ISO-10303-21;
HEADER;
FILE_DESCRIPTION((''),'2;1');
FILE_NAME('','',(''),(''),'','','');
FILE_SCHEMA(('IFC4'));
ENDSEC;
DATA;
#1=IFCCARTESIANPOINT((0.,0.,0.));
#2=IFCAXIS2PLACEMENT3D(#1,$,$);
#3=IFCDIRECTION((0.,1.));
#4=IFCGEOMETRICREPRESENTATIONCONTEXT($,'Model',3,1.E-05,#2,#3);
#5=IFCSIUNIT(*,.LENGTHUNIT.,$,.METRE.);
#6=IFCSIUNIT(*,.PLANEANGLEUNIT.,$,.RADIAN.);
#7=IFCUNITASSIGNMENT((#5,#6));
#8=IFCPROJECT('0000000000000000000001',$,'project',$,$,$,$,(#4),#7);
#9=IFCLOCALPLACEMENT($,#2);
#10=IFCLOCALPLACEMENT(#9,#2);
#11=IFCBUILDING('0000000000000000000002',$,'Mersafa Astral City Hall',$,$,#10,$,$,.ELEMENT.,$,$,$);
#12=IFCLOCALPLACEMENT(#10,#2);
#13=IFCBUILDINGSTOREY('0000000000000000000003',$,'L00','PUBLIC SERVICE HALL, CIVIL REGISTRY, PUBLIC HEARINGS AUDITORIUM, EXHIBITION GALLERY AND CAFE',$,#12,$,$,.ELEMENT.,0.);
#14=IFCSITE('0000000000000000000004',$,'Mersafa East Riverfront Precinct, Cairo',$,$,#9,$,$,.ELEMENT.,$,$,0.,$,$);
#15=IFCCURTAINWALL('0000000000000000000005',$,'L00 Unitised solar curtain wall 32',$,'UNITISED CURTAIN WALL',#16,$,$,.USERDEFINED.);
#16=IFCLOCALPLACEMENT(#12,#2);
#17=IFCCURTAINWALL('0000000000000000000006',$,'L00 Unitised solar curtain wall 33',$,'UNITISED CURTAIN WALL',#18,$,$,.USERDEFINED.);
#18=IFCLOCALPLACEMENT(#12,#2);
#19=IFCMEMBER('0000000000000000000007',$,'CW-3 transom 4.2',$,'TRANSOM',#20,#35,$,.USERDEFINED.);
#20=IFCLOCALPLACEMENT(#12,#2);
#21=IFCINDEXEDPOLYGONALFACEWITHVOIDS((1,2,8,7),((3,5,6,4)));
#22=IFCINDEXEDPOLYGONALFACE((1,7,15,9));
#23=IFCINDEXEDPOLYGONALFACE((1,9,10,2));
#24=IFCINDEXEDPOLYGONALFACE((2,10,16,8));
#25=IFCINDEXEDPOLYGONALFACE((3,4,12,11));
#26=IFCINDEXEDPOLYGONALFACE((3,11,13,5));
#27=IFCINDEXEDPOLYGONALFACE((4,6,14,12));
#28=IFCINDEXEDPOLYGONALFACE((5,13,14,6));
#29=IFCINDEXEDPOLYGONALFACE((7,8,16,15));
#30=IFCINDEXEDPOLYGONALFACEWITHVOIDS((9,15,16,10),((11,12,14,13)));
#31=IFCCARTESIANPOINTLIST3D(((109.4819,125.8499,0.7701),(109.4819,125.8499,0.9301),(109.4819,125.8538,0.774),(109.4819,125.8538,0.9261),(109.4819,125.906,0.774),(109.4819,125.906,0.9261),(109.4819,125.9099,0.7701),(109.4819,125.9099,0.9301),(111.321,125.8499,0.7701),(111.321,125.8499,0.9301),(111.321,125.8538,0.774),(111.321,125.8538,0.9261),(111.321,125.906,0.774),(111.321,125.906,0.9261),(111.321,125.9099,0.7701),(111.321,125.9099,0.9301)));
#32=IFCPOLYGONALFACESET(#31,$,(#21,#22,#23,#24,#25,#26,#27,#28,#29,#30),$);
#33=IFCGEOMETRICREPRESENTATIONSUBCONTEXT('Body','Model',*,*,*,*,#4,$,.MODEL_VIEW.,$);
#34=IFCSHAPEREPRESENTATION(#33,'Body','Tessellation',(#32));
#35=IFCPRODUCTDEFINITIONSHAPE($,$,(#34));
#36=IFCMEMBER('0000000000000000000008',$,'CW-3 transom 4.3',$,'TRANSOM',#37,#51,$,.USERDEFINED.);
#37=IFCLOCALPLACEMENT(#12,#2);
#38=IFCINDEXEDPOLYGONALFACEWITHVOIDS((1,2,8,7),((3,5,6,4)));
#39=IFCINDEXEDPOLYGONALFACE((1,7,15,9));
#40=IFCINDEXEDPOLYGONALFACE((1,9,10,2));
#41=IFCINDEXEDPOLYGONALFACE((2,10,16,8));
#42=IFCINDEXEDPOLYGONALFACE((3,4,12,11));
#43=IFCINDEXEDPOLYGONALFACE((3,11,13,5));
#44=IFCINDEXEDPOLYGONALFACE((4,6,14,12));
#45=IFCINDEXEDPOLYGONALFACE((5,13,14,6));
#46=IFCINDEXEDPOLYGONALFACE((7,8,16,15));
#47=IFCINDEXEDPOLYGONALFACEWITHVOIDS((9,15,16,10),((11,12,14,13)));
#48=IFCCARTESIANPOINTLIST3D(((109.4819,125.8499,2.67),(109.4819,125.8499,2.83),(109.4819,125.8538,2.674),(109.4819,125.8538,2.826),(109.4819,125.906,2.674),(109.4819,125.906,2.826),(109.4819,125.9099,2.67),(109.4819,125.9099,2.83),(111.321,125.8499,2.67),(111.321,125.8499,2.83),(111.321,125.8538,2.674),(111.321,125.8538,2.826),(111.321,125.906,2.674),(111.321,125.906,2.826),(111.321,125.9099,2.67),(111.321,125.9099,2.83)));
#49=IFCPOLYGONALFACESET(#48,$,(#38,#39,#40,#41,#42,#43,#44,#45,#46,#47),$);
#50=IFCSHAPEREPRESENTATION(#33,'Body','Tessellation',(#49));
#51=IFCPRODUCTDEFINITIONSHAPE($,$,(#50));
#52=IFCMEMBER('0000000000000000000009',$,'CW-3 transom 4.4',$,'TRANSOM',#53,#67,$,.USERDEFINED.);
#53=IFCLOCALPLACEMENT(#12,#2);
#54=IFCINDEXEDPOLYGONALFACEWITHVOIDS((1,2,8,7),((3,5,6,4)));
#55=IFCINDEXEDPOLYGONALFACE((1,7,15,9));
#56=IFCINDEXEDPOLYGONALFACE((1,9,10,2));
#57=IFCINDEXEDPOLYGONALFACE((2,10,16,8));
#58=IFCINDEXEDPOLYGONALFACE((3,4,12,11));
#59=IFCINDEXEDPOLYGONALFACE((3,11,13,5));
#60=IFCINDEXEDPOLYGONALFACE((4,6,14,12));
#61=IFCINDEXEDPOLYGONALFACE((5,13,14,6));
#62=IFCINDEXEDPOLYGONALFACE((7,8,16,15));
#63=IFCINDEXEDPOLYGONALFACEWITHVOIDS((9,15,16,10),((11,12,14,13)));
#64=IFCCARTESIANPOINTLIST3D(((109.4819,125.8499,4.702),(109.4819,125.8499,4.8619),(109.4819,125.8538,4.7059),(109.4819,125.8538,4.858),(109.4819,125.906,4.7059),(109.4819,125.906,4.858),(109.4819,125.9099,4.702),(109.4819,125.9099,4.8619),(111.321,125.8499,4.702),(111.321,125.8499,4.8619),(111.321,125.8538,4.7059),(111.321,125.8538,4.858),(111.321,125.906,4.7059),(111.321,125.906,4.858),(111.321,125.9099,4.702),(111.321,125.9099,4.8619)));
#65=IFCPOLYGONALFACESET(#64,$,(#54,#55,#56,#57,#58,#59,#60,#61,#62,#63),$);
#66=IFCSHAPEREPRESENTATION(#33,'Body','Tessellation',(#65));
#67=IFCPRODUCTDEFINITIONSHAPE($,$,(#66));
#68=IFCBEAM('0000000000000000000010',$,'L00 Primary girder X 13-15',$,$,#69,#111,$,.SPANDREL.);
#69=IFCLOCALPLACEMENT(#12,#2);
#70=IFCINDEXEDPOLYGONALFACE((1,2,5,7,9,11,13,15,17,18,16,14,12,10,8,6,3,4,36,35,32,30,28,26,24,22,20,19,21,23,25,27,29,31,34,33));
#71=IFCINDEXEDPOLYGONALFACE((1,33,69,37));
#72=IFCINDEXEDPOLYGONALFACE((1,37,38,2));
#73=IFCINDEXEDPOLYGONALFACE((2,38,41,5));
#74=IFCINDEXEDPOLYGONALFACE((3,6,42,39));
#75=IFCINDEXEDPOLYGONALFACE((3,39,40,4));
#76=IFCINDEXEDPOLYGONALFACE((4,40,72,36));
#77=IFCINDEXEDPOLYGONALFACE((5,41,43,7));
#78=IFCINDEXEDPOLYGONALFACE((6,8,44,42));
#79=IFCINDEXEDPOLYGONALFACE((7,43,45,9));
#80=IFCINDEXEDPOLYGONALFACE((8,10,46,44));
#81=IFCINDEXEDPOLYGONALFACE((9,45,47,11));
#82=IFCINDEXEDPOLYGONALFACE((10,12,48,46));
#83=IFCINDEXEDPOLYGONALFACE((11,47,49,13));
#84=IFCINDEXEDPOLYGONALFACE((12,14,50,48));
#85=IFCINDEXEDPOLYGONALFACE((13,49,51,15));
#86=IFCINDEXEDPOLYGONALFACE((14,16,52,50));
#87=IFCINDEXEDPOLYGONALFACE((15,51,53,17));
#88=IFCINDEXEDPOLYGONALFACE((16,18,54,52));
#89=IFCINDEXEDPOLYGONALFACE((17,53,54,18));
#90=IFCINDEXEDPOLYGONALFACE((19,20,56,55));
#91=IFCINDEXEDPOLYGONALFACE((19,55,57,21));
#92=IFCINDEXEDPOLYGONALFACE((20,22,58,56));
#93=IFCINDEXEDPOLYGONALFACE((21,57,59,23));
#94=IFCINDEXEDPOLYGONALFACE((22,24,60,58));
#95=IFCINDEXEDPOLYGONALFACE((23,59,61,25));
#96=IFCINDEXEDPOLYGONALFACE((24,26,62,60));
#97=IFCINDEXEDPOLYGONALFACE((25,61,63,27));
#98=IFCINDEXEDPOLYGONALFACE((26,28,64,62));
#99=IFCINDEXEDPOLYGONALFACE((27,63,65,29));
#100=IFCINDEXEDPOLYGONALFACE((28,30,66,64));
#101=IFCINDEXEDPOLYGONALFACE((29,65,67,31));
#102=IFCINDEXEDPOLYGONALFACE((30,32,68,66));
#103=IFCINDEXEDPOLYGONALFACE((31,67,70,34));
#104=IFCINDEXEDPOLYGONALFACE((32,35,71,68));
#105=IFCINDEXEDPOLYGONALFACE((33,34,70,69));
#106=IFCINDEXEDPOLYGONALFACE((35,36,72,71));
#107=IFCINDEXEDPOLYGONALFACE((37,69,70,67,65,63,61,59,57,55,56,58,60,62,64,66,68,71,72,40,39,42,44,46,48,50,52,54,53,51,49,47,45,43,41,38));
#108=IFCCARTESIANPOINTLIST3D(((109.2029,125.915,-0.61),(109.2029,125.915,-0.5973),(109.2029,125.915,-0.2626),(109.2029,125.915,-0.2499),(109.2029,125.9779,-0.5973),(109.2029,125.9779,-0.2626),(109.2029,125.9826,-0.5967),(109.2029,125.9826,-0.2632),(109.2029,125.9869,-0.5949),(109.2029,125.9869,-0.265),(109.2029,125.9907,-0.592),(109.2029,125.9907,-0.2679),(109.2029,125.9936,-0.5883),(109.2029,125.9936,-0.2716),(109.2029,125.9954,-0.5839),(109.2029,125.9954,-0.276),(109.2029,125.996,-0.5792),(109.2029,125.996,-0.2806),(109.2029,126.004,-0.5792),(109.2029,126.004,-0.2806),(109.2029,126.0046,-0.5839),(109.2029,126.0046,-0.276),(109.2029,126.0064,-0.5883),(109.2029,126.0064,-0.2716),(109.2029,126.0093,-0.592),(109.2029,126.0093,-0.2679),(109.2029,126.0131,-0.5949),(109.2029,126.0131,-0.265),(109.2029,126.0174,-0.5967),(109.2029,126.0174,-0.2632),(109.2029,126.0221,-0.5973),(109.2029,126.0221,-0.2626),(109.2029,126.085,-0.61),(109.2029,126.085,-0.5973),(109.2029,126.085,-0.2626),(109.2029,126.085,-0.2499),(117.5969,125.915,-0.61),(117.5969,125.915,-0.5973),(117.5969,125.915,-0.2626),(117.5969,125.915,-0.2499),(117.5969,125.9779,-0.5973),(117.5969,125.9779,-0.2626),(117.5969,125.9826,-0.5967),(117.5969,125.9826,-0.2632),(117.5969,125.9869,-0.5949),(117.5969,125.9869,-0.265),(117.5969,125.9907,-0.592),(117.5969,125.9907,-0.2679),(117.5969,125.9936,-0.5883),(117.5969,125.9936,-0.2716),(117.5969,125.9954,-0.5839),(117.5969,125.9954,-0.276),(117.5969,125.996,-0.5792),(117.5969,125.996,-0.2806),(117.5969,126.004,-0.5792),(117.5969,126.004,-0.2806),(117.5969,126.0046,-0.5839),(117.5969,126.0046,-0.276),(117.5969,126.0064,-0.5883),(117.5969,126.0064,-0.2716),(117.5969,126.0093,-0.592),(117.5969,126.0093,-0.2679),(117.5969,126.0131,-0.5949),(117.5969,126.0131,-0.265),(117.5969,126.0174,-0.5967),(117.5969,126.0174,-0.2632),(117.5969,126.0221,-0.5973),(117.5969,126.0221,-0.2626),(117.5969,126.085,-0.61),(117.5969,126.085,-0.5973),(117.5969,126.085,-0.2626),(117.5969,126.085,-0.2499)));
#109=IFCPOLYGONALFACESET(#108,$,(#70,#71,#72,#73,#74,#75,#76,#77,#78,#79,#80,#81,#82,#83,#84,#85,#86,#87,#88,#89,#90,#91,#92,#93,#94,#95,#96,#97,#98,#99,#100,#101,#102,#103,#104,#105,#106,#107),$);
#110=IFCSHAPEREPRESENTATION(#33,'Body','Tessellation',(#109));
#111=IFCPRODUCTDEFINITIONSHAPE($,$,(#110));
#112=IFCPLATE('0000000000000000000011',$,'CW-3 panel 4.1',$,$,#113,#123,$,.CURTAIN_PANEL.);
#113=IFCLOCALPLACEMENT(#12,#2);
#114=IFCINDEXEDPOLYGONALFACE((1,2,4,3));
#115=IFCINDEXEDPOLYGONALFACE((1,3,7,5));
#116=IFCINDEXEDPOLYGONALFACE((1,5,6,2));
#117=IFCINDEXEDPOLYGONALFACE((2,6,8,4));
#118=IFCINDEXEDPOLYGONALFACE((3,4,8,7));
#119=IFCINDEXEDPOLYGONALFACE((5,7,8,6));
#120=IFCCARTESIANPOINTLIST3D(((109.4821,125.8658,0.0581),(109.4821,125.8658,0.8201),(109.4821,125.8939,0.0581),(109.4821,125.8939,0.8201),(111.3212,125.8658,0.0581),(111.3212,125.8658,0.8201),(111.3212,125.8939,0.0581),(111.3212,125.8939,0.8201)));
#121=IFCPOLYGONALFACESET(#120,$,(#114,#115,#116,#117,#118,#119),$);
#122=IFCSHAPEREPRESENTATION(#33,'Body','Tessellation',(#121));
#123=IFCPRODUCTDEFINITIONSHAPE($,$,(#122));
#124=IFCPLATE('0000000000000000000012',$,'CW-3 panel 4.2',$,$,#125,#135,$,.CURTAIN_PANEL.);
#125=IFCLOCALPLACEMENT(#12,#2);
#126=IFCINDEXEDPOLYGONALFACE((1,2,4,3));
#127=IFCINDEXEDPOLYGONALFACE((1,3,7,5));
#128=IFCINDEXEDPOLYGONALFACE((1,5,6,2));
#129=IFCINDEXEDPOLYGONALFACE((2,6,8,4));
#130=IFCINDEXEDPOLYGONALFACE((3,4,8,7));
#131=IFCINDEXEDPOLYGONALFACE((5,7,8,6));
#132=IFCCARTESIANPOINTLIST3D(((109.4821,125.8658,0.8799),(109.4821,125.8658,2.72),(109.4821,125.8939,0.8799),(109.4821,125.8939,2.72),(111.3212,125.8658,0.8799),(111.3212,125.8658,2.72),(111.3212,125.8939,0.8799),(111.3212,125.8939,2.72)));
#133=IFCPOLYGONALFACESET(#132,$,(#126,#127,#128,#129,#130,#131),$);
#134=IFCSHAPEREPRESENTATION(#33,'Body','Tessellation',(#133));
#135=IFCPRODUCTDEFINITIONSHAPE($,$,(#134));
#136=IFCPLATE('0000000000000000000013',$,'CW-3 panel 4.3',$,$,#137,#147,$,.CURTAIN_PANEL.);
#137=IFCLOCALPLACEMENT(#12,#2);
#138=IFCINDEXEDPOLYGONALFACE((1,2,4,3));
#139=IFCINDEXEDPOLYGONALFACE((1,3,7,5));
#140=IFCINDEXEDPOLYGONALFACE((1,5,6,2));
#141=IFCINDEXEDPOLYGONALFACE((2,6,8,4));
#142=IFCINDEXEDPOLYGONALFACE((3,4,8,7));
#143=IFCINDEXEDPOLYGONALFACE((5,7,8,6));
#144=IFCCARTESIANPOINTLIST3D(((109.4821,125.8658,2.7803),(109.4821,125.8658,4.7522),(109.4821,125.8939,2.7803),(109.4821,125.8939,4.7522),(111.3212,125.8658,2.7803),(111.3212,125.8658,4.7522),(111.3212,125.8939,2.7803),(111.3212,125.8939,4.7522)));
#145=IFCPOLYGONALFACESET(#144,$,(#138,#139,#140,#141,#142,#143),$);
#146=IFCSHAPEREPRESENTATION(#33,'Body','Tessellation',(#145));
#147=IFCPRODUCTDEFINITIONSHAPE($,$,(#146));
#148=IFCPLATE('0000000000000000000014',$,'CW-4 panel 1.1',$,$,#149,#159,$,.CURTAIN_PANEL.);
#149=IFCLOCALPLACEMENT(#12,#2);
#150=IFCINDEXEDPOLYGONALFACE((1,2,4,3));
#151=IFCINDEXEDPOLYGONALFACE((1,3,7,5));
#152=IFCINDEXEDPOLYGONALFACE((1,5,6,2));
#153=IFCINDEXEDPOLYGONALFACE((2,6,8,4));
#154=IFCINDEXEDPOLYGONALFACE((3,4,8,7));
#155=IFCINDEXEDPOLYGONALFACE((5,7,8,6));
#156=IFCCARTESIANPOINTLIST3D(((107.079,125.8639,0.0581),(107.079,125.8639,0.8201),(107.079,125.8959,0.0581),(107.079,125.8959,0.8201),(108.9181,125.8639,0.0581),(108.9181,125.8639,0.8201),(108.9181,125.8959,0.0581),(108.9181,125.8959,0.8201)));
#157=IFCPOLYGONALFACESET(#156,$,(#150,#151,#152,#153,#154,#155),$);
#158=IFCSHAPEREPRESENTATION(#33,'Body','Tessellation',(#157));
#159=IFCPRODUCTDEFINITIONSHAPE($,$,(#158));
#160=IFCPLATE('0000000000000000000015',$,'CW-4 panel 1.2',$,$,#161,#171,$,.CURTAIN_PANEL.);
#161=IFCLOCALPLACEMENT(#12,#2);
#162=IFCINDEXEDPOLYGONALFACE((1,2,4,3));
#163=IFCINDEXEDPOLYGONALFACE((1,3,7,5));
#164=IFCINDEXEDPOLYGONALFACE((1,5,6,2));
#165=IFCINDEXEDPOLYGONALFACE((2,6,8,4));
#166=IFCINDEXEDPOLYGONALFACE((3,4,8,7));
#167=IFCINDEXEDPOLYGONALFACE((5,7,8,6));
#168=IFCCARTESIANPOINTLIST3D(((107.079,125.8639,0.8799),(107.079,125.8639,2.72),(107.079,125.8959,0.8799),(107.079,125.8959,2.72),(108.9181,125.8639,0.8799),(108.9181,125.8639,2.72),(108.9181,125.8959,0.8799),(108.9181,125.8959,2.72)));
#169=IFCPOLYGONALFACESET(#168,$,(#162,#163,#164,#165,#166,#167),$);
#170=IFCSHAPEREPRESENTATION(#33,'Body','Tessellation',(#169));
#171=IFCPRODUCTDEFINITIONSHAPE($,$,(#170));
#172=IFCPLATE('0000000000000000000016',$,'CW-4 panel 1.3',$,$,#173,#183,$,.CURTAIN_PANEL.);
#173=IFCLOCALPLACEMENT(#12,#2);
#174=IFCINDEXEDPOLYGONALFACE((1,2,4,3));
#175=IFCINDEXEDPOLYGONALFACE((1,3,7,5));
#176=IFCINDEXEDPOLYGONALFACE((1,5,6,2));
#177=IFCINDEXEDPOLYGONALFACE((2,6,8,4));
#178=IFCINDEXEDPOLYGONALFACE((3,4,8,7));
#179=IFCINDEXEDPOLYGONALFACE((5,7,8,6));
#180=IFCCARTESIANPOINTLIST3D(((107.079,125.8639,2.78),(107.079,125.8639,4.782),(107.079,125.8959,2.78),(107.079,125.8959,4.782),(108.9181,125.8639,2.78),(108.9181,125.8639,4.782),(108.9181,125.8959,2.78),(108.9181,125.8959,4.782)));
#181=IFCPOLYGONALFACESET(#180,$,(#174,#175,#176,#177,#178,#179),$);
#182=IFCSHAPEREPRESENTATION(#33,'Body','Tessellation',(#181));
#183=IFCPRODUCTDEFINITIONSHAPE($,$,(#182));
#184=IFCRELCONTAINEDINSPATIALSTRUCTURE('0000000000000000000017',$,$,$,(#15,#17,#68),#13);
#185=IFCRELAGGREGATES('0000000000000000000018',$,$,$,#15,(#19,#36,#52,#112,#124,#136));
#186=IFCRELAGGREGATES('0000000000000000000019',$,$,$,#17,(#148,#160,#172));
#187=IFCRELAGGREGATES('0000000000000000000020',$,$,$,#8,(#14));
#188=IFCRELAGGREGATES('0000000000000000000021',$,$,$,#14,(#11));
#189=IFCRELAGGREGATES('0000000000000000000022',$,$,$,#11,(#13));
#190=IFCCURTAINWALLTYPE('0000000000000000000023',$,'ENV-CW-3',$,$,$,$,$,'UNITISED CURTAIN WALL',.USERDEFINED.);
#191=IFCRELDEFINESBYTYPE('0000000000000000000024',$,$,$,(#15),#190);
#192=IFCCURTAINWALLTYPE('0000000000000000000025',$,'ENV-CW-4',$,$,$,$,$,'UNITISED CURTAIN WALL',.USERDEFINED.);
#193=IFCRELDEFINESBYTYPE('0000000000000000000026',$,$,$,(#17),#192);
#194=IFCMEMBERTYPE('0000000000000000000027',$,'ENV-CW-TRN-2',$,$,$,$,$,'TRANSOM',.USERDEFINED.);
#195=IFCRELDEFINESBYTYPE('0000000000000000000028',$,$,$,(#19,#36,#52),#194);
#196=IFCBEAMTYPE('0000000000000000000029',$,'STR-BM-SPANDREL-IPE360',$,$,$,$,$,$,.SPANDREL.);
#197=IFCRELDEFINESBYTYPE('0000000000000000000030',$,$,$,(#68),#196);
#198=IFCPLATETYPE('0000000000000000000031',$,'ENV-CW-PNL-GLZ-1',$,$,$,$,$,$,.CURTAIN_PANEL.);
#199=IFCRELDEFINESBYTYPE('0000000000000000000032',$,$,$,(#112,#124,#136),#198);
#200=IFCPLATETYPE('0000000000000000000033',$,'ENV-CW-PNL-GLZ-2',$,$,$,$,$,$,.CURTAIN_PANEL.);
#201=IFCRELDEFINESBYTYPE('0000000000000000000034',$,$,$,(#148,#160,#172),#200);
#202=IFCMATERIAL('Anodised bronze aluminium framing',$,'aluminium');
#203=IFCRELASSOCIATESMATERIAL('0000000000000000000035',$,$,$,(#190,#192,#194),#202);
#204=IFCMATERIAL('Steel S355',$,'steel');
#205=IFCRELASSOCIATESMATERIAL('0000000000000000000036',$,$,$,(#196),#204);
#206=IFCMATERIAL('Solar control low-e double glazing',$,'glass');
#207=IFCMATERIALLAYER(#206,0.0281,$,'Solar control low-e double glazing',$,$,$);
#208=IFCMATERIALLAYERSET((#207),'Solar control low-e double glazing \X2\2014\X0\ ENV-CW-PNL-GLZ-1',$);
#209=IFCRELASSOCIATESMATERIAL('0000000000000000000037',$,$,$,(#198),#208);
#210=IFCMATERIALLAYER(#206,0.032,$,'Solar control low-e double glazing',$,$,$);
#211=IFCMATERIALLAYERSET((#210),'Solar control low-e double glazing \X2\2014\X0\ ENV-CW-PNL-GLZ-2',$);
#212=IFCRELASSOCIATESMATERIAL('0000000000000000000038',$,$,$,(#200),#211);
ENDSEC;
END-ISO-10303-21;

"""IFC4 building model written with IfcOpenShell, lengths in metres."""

from ifc_helpers import new_model, si_unit, direction, frame, origin, origin_2d, place, context, subcontext, project, spatial, rectangle, hollow_rectangle, i_section, extrude, material, layer, layer_set, material_profile, profile_set, type_object, element, aggregate, save


model = new_model("IFC4")

# Units and contexts
model_context = context("Model", 3, precision=1e-05, world=origin(), true_north=direction((0.0, 1.0)))
body_context = subcontext(model_context, "Body", "Model", "MODEL_VIEW")
ifc_project = project(units=[si_unit("LENGTHUNIT", "METRE"), si_unit("PLANEANGLEUNIT", "RADIAN")], contexts=[model_context])

# Site, building, storey
site_placement = place(None, origin())
site = spatial("IfcSite", under=ifc_project, at=site_placement, Name="Mersafa East Riverfront Precinct, Cairo", CompositionType="ELEMENT", RefElevation=0.0)
building_placement = place(site_placement, origin())
building = spatial("IfcBuilding", under=site, at=building_placement, Name="Mersafa Astral City Hall", CompositionType="ELEMENT")
storey_placement = place(building_placement, origin())
storey = spatial("IfcBuildingStorey", under=building, at=storey_placement, Name="L00", Description="PUBLIC SERVICE HALL, CIVIL REGISTRY, PUBLIC HEARINGS AUDITORIUM, EXHIBITION GALLERY AND CAFE", CompositionType="ELEMENT", Elevation=0.0)

# Shared definitions
ifc_material_1 = material(Name="Steel S355", Category="steel")

# Curtain wall
ifc_material_2 = material(Name="Anodised bronze aluminium framing", Category="aluminium")
curtain_wall_type_1 = type_object("IfcCurtainWallType", Name="ENV-CW-3", ElementType="UNITISED CURTAIN WALL", PredefinedType="USERDEFINED", material=ifc_material_2)
curtain_wall_1_placement = place(storey_placement, origin())
curtain_wall_1 = element("IfcCurtainWall", 1, at=curtain_wall_1_placement, inside=storey, type_object=curtain_wall_type_1, Name="L00 Unitised solar curtain wall 32", ObjectType="UNITISED CURTAIN WALL", PredefinedType="USERDEFINED")

# Curtain wall
curtain_wall_type_2 = type_object("IfcCurtainWallType", Name="ENV-CW-4", ElementType="UNITISED CURTAIN WALL", PredefinedType="USERDEFINED", material=ifc_material_2)
curtain_wall_2_placement = place(storey_placement, origin())
curtain_wall_2 = element("IfcCurtainWall", 2, at=curtain_wall_2_placement, inside=storey, type_object=curtain_wall_type_2, Name="L00 Unitised solar curtain wall 33", ObjectType="UNITISED CURTAIN WALL", PredefinedType="USERDEFINED")

# Members
ifc_material_profile_1 = material_profile(ifc_material_2, hollow_rectangle(XDim=0.0601, YDim=0.1599, WallThickness=0.0039, at=origin_2d()), Name="RHS 60x160x4")
ifc_profile_set_1 = profile_set([ifc_material_profile_1], Name="Anodised bronze aluminium framing")
member_type_1 = type_object("IfcMemberType", Name="ENV-CW-TRN-2", ElementType="TRANSOM", PredefinedType="USERDEFINED", material=ifc_profile_set_1)
member_1_placement = place(storey_placement, frame((111.321, 125.8799, 0.8501), z_axis=(-1.0, 0.0, 0.0), x_axis=(0.0, -1.0, 0.0)))
member_1 = element("IfcMember", 3, at=member_1_placement, type_object=member_type_1, Name="CW-3 transom 4.2", ObjectType="TRANSOM", PredefinedType="USERDEFINED", context=body_context, shape_type="SweptSolid", body=[
    extrude(hollow_rectangle(XDim=0.0601, YDim=0.1599, WallThickness=0.0039, at=origin_2d()), origin(), (0.0, 0.0, 1.0), 1.8391),
])
member_2_placement = place(storey_placement, frame((111.321, 125.8799, 2.75), z_axis=(-1.0, 0.0, 0.0), x_axis=(0.0, -1.0, 0.0)))
member_2 = element("IfcMember", 4, at=member_2_placement, type_object=member_type_1, Name="CW-3 transom 4.3", ObjectType="TRANSOM", PredefinedType="USERDEFINED", context=body_context, shape_type="SweptSolid", body=[
    extrude(hollow_rectangle(XDim=0.0601, YDim=0.1599, WallThickness=0.0039, at=origin_2d()), origin(), (0.0, 0.0, 1.0), 1.8391),
])
member_3_placement = place(storey_placement, frame((111.321, 125.8799, 4.782), z_axis=(-1.0, 0.0, 0.0), x_axis=(0.0, -1.0, 0.0)))
member_3 = element("IfcMember", 5, at=member_3_placement, type_object=member_type_1, Name="CW-3 transom 4.4", ObjectType="TRANSOM", PredefinedType="USERDEFINED", context=body_context, shape_type="SweptSolid", body=[
    extrude(hollow_rectangle(XDim=0.0601, YDim=0.1599, WallThickness=0.0039, at=origin_2d()), origin(), (0.0, 0.0, 1.0), 1.8391),
])

# Beam
ifc_material_profile_2 = material_profile(ifc_material_1, i_section(OverallWidth=0.1699, OverallDepth=0.3601, WebThickness=0.0081, FlangeThickness=0.0127, FilletRadius=0.0181, at=origin_2d()), Name="IPE 360")
ifc_profile_set_2 = profile_set([ifc_material_profile_2], Name="Steel S355")
beam_type = type_object("IfcBeamType", Name="STR-BM-SPANDREL-IPE360", PredefinedType="SPANDREL", material=ifc_profile_set_2)
beam_placement = place(storey_placement, frame((109.2029, 126.0, -0.4299), z_axis=(1.0, 0.0, 0.0), x_axis=(0.0, 1.0, 0.0)))
element("IfcBeam", 6, at=beam_placement, inside=storey, type_object=beam_type, Name="L00 Primary girder X 13-15", PredefinedType="SPANDREL", context=body_context, shape_type="SweptSolid", body=[
    extrude(i_section(OverallWidth=0.1699, OverallDepth=0.3601, WebThickness=0.0081, FlangeThickness=0.0127, FilletRadius=0.0181, at=origin_2d()), origin(), (0.0, 0.0, 1.0), 8.394),
])

# Plates
ifc_material_3 = material(Name="Solar control low-e double glazing", Category="glass")
ifc_layer_1 = layer(ifc_material_3, 0.0281, Name="Solar control low-e double glazing")
ifc_layer_set_1 = layer_set([ifc_layer_1], Name="Solar control low-e double glazing — ENV-CW-PNL-GLZ-1")
plate_type_1 = type_object("IfcPlateType", Name="ENV-CW-PNL-GLZ-1", PredefinedType="CURTAIN_PANEL", material=ifc_layer_set_1)
plate_1_placement = place(storey_placement, frame((110.4016, 125.8799, 0.0581), z_axis=(0.0, 0.0, 1.0), x_axis=(-1.0, 0.0, 0.0)))
plate_1 = element("IfcPlate", 7, at=plate_1_placement, type_object=plate_type_1, Name="CW-3 panel 4.1", PredefinedType="CURTAIN_PANEL", context=body_context, shape_type="SweptSolid", body=[
    extrude(rectangle(XDim=1.8391, YDim=0.0281, at=origin_2d()), origin(), (0.0, 0.0, 1.0), 0.762),
])
plate_2_placement = place(storey_placement, frame((110.4016, 125.8799, 0.8799), z_axis=(0.0, 0.0, 1.0), x_axis=(-1.0, 0.0, 0.0)))
plate_2 = element("IfcPlate", 8, at=plate_2_placement, type_object=plate_type_1, Name="CW-3 panel 4.2", PredefinedType="CURTAIN_PANEL", context=body_context, shape_type="SweptSolid", body=[
    extrude(rectangle(XDim=1.8391, YDim=0.0281, at=origin_2d()), origin(), (0.0, 0.0, 1.0), 1.8401),
])
plate_3_placement = place(storey_placement, frame((110.4016, 125.8799, 2.7803), z_axis=(0.0, 0.0, 1.0), x_axis=(-1.0, 0.0, 0.0)))
plate_3 = element("IfcPlate", 9, at=plate_3_placement, type_object=plate_type_1, Name="CW-3 panel 4.3", PredefinedType="CURTAIN_PANEL", context=body_context, shape_type="SweptSolid", body=[
    extrude(rectangle(XDim=1.8391, YDim=0.0281, at=origin_2d()), origin(), (0.0, 0.0, 1.0), 1.9719),
])
aggregate(curtain_wall_1, [member_1, member_2, member_3, plate_1, plate_2, plate_3])
ifc_layer_2 = layer(ifc_material_3, 0.032, Name="Solar control low-e double glazing")
ifc_layer_set_2 = layer_set([ifc_layer_2], Name="Solar control low-e double glazing — ENV-CW-PNL-GLZ-2")
plate_type_2 = type_object("IfcPlateType", Name="ENV-CW-PNL-GLZ-2", PredefinedType="CURTAIN_PANEL", material=ifc_layer_set_2)
plate_4_placement = place(storey_placement, frame((107.9985, 125.8799, 0.0581), z_axis=(0.0, 0.0, 1.0), x_axis=(-1.0, 0.0, 0.0)))
plate_4 = element("IfcPlate", 10, at=plate_4_placement, type_object=plate_type_2, Name="CW-4 panel 1.1", PredefinedType="CURTAIN_PANEL", context=body_context, shape_type="SweptSolid", body=[
    extrude(rectangle(XDim=1.8391, YDim=0.032, at=origin_2d()), origin(), (0.0, 0.0, 1.0), 0.762),
])
plate_5_placement = place(storey_placement, frame((107.9985, 125.8799, 0.8799), z_axis=(0.0, 0.0, 1.0), x_axis=(-1.0, 0.0, 0.0)))
plate_5 = element("IfcPlate", 11, at=plate_5_placement, type_object=plate_type_2, Name="CW-4 panel 1.2", PredefinedType="CURTAIN_PANEL", context=body_context, shape_type="SweptSolid", body=[
    extrude(rectangle(XDim=1.8391, YDim=0.032, at=origin_2d()), origin(), (0.0, 0.0, 1.0), 1.8401),
])
plate_6_placement = place(storey_placement, frame((107.9985, 125.8799, 2.78), z_axis=(0.0, 0.0, 1.0), x_axis=(-1.0, 0.0, 0.0)))
plate_6 = element("IfcPlate", 12, at=plate_6_placement, type_object=plate_type_2, Name="CW-4 panel 1.3", PredefinedType="CURTAIN_PANEL", context=body_context, shape_type="SweptSolid", body=[
    extrude(rectangle(XDim=1.8391, YDim=0.032, at=origin_2d()), origin(), (0.0, 0.0, 1.0), 2.002),
])
aggregate(curtain_wall_2, [plate_4, plate_5, plate_6])

save(model, "model.ifc")
